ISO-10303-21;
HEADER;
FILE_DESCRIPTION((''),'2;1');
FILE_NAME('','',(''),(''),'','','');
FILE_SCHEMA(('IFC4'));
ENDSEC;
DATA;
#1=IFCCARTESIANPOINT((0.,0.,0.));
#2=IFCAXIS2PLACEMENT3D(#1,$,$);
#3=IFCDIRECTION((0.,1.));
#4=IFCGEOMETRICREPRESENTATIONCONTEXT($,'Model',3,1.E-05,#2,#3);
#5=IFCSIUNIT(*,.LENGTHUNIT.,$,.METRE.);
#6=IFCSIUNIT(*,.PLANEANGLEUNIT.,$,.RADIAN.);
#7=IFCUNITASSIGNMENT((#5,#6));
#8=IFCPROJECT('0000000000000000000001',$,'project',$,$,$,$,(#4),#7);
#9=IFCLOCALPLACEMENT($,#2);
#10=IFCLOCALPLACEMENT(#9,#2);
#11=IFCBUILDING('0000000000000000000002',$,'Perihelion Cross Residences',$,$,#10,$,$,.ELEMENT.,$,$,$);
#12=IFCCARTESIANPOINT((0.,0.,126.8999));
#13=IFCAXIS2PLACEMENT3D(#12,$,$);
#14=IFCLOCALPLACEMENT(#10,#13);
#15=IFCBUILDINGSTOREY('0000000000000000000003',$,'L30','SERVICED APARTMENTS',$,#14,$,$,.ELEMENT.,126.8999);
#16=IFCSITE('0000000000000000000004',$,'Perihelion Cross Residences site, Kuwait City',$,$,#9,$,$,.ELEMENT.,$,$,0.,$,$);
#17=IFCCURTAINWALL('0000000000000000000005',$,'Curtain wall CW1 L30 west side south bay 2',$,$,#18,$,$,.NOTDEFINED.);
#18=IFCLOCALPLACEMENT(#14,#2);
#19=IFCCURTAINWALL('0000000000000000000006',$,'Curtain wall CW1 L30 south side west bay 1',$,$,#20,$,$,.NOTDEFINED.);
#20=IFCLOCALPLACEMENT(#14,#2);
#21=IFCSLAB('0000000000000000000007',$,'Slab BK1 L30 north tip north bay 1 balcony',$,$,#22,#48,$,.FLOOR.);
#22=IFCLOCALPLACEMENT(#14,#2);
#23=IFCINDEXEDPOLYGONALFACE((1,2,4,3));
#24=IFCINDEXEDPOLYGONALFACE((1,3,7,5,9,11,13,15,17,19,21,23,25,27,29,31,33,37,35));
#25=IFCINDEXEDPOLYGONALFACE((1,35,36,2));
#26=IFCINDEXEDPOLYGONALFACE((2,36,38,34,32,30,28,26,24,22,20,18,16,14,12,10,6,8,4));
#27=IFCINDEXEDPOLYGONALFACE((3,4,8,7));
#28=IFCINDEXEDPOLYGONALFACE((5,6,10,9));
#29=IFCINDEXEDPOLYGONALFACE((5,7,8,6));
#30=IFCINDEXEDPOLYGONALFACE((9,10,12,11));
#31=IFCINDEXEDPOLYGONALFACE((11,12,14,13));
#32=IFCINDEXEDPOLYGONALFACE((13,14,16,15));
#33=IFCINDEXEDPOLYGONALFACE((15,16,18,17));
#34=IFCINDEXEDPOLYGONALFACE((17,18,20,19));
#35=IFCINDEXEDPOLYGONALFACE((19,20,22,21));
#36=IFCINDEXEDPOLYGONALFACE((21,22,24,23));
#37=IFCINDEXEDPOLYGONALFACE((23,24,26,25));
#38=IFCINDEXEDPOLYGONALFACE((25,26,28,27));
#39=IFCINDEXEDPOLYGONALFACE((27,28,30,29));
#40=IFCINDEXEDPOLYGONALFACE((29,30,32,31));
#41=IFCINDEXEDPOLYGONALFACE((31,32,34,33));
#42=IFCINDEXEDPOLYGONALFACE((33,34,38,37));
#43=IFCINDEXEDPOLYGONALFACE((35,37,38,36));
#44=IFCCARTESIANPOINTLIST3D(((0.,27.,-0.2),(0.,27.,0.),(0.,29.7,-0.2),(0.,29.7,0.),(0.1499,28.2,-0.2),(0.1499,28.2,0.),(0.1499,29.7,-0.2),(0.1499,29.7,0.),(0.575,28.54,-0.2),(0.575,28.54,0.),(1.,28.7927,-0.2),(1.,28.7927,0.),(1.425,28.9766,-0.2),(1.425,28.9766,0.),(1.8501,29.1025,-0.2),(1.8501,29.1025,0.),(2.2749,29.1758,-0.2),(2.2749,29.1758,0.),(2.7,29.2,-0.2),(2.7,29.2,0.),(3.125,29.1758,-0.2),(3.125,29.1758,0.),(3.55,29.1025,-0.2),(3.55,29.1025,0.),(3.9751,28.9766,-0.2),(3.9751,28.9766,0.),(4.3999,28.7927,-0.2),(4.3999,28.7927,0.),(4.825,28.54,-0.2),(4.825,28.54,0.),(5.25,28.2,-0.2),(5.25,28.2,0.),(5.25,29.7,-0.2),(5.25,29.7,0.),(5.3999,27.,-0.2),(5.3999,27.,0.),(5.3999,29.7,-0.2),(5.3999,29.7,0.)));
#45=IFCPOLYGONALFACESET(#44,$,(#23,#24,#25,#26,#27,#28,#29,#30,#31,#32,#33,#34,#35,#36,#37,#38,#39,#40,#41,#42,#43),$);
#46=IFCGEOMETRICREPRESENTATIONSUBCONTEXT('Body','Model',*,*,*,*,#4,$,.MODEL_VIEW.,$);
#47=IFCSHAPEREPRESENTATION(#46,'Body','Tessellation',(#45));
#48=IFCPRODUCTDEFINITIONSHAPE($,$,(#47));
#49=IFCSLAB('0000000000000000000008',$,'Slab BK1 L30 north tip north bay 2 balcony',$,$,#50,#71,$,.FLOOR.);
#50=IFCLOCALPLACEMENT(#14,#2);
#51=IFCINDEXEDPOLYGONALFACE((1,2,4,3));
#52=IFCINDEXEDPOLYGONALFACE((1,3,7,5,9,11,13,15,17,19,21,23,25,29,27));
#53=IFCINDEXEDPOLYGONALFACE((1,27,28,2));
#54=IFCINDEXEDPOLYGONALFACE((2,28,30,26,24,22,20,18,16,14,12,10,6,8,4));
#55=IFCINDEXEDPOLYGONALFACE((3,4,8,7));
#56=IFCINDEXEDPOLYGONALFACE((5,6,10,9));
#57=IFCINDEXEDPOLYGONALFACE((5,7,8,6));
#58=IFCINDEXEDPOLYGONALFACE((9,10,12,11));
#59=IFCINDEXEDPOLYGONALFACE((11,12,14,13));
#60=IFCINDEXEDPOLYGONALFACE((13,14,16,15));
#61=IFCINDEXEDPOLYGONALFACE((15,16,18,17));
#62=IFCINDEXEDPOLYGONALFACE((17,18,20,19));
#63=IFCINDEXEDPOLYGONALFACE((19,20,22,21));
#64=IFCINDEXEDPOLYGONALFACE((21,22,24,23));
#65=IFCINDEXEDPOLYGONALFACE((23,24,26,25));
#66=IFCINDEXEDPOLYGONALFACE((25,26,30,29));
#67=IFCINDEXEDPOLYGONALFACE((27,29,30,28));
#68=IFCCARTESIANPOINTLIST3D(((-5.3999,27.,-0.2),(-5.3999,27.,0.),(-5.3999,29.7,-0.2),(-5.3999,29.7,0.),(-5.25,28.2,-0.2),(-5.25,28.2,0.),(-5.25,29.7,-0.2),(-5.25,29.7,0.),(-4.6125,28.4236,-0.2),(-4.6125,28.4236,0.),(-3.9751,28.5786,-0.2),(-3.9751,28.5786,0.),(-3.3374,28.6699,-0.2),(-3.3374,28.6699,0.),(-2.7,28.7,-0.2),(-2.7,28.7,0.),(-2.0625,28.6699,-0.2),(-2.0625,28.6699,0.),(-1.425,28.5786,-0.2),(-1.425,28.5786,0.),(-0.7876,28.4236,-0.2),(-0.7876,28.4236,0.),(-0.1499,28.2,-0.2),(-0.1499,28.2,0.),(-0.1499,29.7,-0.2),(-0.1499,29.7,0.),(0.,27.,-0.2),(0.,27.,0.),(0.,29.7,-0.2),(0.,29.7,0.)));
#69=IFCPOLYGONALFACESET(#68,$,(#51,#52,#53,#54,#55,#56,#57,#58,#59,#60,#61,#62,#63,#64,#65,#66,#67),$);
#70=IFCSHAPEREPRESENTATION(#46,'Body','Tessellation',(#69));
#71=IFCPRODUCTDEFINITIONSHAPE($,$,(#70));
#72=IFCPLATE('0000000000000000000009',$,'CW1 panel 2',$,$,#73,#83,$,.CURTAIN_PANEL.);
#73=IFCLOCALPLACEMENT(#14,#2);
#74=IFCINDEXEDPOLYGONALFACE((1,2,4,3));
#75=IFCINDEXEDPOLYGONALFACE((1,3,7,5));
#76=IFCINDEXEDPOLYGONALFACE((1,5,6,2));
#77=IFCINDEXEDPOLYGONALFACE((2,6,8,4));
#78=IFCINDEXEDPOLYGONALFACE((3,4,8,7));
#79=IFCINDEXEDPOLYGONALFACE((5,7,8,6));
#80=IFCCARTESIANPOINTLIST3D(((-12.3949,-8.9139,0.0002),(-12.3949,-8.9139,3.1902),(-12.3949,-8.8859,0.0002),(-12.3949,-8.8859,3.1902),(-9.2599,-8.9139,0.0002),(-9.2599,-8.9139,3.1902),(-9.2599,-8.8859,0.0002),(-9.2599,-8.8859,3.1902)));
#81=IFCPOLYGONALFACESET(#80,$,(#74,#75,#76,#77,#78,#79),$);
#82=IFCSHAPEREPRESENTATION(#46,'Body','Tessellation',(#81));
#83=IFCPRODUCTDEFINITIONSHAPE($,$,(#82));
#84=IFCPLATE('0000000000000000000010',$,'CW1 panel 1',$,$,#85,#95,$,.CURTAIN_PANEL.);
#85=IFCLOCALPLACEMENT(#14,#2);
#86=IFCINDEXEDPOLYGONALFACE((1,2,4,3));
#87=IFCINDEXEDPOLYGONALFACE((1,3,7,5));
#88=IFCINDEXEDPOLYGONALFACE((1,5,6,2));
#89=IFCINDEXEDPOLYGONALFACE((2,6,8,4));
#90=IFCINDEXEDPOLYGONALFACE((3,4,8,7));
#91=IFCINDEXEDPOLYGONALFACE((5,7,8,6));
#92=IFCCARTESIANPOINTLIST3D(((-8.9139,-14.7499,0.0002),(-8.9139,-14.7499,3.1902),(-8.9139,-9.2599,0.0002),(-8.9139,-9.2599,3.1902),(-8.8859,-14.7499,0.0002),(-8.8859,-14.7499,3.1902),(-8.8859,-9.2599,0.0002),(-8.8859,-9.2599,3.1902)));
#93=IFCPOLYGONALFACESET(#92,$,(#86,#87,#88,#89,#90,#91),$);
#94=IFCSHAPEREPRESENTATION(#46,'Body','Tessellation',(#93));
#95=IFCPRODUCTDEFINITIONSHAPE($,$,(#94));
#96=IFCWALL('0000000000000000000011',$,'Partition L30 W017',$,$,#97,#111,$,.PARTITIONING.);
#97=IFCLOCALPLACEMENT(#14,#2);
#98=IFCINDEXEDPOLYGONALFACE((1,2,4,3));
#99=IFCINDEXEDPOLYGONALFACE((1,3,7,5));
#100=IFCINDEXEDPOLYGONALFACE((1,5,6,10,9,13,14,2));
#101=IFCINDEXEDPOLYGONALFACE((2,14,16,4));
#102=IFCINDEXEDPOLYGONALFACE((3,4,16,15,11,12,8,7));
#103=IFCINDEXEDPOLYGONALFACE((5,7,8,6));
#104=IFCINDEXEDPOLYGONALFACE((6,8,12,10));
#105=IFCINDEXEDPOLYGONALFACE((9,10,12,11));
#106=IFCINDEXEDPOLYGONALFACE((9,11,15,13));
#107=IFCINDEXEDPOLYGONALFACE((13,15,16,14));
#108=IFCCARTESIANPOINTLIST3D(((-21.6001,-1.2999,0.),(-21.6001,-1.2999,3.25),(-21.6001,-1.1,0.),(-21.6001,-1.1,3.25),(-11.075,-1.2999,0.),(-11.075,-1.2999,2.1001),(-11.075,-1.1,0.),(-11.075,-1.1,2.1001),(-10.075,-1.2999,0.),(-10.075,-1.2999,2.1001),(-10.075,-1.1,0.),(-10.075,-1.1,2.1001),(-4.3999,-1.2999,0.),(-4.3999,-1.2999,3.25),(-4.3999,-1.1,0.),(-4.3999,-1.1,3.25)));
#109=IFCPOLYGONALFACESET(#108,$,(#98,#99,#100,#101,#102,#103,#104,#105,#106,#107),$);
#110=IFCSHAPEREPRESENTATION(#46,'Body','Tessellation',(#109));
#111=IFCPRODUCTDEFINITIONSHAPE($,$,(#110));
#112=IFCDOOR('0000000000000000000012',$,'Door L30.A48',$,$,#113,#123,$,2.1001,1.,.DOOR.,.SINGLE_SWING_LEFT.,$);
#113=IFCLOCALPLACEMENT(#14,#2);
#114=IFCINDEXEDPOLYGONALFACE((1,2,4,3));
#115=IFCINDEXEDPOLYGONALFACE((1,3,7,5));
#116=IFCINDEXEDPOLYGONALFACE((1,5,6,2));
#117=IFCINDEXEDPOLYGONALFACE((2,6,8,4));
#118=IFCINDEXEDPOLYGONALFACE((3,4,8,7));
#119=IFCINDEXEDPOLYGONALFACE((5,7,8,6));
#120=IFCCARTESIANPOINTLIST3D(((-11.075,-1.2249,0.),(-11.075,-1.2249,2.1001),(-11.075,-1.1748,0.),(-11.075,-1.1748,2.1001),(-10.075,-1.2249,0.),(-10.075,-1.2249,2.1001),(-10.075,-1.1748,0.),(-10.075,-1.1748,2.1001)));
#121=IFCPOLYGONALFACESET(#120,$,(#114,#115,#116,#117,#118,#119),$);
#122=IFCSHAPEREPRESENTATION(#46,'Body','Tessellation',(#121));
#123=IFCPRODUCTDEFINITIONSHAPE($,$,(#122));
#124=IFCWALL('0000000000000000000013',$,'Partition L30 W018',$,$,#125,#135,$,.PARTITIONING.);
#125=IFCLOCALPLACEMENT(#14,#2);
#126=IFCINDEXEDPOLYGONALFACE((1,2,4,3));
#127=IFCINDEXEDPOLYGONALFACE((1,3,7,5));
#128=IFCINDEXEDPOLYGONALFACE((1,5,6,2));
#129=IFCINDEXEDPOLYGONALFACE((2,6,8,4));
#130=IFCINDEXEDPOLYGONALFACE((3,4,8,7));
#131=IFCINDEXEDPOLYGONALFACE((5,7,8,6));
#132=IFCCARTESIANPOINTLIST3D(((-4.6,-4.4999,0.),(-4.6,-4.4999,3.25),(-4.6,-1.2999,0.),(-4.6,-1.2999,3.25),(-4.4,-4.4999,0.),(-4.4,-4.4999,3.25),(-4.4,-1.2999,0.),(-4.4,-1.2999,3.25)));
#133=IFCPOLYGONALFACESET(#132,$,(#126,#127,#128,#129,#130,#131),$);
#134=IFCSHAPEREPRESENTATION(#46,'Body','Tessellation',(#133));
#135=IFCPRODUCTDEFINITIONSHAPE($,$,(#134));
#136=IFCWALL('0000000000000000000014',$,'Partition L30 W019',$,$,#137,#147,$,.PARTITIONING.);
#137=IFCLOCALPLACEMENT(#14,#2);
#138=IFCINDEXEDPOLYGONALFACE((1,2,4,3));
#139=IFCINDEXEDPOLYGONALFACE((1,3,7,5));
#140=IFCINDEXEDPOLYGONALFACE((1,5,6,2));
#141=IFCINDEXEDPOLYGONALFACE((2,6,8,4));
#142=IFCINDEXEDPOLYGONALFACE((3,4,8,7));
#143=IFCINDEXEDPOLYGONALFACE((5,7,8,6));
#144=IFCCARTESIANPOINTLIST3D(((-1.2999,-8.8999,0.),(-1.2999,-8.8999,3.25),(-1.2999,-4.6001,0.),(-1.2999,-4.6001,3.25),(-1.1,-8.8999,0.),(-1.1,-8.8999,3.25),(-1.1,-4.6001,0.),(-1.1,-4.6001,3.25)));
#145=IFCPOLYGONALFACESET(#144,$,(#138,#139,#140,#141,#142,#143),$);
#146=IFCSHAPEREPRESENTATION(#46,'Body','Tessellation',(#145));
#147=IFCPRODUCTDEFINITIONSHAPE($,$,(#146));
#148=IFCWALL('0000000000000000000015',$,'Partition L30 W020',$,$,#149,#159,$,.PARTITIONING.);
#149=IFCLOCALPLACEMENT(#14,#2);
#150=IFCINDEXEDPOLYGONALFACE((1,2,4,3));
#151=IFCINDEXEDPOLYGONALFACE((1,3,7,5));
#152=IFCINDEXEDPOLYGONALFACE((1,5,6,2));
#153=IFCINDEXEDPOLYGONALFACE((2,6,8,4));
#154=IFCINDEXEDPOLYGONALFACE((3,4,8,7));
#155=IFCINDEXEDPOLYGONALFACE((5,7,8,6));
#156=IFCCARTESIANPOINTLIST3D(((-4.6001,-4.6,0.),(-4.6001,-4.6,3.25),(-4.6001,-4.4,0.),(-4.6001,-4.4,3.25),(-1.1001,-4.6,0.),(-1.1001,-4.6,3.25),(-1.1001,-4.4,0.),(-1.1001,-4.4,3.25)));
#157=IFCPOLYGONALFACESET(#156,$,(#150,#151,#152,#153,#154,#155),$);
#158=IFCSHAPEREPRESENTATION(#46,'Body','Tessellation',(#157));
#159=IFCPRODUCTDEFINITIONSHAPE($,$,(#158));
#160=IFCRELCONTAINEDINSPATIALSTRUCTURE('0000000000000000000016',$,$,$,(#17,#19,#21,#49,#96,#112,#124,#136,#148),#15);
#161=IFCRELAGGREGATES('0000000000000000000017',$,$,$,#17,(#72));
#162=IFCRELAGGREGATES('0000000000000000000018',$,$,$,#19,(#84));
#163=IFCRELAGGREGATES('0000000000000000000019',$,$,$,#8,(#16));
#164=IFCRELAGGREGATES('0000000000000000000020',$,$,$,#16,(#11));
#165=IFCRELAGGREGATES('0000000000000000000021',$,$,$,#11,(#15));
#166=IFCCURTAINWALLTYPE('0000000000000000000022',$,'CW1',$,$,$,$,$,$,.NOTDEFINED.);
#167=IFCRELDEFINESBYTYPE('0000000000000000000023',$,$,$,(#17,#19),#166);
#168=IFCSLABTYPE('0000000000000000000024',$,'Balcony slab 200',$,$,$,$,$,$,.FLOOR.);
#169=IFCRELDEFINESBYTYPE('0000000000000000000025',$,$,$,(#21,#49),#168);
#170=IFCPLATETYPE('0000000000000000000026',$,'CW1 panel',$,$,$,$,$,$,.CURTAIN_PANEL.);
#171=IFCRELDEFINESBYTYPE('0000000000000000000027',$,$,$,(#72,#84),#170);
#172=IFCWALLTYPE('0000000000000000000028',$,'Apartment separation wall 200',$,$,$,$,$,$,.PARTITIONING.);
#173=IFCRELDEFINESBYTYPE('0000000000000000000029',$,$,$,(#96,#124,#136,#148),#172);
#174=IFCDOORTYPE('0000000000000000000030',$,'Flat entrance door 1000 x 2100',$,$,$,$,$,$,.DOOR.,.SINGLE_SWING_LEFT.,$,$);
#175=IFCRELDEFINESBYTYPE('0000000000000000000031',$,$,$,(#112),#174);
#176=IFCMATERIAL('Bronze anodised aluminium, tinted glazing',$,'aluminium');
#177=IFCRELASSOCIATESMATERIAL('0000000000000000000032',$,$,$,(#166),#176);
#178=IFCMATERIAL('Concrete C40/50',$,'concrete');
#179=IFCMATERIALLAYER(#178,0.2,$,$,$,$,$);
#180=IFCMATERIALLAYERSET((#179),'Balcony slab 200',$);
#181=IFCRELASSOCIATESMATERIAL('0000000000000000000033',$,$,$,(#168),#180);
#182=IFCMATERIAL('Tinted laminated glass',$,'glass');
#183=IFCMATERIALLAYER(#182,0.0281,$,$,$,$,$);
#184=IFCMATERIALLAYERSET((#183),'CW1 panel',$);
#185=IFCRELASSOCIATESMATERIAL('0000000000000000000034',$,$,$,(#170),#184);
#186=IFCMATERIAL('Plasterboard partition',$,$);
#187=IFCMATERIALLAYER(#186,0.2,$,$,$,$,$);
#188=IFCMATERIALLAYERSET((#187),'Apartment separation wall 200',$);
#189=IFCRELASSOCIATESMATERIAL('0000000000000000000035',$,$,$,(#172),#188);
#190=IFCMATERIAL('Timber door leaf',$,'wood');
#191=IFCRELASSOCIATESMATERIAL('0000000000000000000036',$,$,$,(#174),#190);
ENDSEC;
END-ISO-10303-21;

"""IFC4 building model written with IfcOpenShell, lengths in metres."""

from ifc_helpers import new_model, si_unit, direction, frame, frame_2d, origin, origin_2d, place, context, subcontext, project, spatial, polyline, rectangle, outline, extrude, material, layer, layer_set, type_object, element, fill, aggregate, save


model = new_model("IFC4")

# Units and contexts
model_context = context("Model", 3, precision=1e-05, world=origin(), true_north=direction((0.0, 1.0)))
body_context = subcontext(model_context, "Body", "Model", "MODEL_VIEW")
ifc_project = project(units=[si_unit("LENGTHUNIT", "METRE"), si_unit("PLANEANGLEUNIT", "RADIAN")], contexts=[model_context])

# Site, building, storey
site_placement = place(None, origin())
site = spatial("IfcSite", under=ifc_project, at=site_placement, Name="Perihelion Cross Residences site, Kuwait City", CompositionType="ELEMENT", RefElevation=0.0)
building_placement = place(site_placement, origin())
building = spatial("IfcBuilding", under=site, at=building_placement, Name="Perihelion Cross Residences", CompositionType="ELEMENT")
storey_placement = place(building_placement, frame((0.0, 0.0, 126.8999)))
storey = spatial("IfcBuildingStorey", under=building, at=storey_placement, Name="L30", Description="SERVICED APARTMENTS", CompositionType="ELEMENT", Elevation=126.8999)

# Curtain wall
ifc_material_1 = material(Name="Bronze anodised aluminium, tinted glazing", Category="aluminium")
curtain_wall_type = type_object("IfcCurtainWallType", Name="CW1", PredefinedType="NOTDEFINED", material=ifc_material_1)
curtain_wall_1_placement = place(storey_placement, origin())
curtain_wall_1 = element("IfcCurtainWall", 1, at=curtain_wall_1_placement, inside=storey, type_object=curtain_wall_type, Name="Curtain wall CW1 L30 west side south bay 2", PredefinedType="NOTDEFINED")

# Curtain wall
curtain_wall_2_placement = place(storey_placement, origin())
curtain_wall_2 = element("IfcCurtainWall", 2, at=curtain_wall_2_placement, inside=storey, type_object=curtain_wall_type, Name="Curtain wall CW1 L30 south side west bay 1", PredefinedType="NOTDEFINED")

# Slabs
ifc_material_2 = material(Name="Concrete C40/50", Category="concrete")
ifc_layer_1 = layer(ifc_material_2, 0.2)
ifc_layer_set_1 = layer_set([ifc_layer_1], Name="Balcony slab 200")
slab_type_1 = type_object("IfcSlabType", Name="Balcony slab 200", PredefinedType="FLOOR", material=ifc_layer_set_1)
slab_1_placement = place(storey_placement, frame((0.0, 0.0, -0.2)))
element("IfcSlab", 3, at=slab_1_placement, inside=storey, type_object=slab_type_1, Name="Slab BK1 L30 north tip north bay 1 balcony", PredefinedType="FLOOR", context=body_context, shape_type="SweptSolid", body=[
    extrude(outline(polyline([(5.3999, 27.0), (0.0, 27.0), (0.0, 29.7), (0.1499, 29.7), (0.1499, 28.2), (0.575, 28.54), (1.0, 28.7927), (1.425, 28.9766), (1.8501, 29.1025), (2.2749, 29.1758), (2.7, 29.2), (3.125, 29.1758), (3.55, 29.1025), (3.9751, 28.9766), (4.3999, 28.7927), (4.825, 28.54), (5.25, 28.2), (5.25, 29.7), (5.3999, 29.7), (5.3999, 27.0)])), origin(), (0.0, 0.0, 1.0), 0.2),
])
slab_2_placement = place(storey_placement, frame((0.0, 0.0, -0.2)))
element("IfcSlab", 4, at=slab_2_placement, inside=storey, type_object=slab_type_1, Name="Slab BK1 L30 north tip north bay 2 balcony", PredefinedType="FLOOR", context=body_context, shape_type="SweptSolid", body=[
    extrude(outline(polyline([(0.0, 27.0), (-5.3999, 27.0), (-5.3999, 29.7), (-5.25, 29.7), (-5.25, 28.2), (-4.6125, 28.4236), (-3.9751, 28.5786), (-3.3374, 28.6699), (-2.7, 28.7), (-2.0625, 28.6699), (-1.425, 28.5786), (-0.7876, 28.4236), (-0.1499, 28.2), (-0.1499, 29.7), (0.0, 29.7), (0.0, 27.0)])), origin(), (0.0, 0.0, 1.0), 0.2),
])

# Plates
ifc_material_3 = material(Name="Tinted laminated glass", Category="glass")
ifc_layer_2 = layer(ifc_material_3, 0.0281)
ifc_layer_set_2 = layer_set([ifc_layer_2], Name="CW1 panel")
plate_type = type_object("IfcPlateType", Name="CW1 panel", PredefinedType="CURTAIN_PANEL", material=ifc_layer_set_2)
plate_1_placement = place(storey_placement, frame((-10.8274, -8.8999, 0.0002), z_axis=(0.0, 0.0, 1.0), x_axis=(1.0, 0.0, 0.0)))
plate_1 = element("IfcPlate", 5, at=plate_1_placement, type_object=plate_type, Name="CW1 panel 2", PredefinedType="CURTAIN_PANEL", context=body_context, shape_type="SweptSolid", body=[
    extrude(rectangle(XDim=3.135, YDim=0.0281, at=origin_2d()), origin(), (0.0, 0.0, 1.0), 3.1899),
])
aggregate(curtain_wall_1, [plate_1])
plate_2_placement = place(storey_placement, frame((-8.8999, -12.0049, 0.0002), z_axis=(0.0, 0.0, 1.0), x_axis=(0.0, -1.0, 0.0)))
plate_2 = element("IfcPlate", 6, at=plate_2_placement, type_object=plate_type, Name="CW1 panel 1", PredefinedType="CURTAIN_PANEL", context=body_context, shape_type="SweptSolid", body=[
    extrude(rectangle(XDim=5.49, YDim=0.0281, at=origin_2d()), origin(), (0.0, 0.0, 1.0), 3.1899),
])
aggregate(curtain_wall_2, [plate_2])

# Wall, opening, door
ifc_material_4 = material(Name="Plasterboard partition")
ifc_layer_3 = layer(ifc_material_4, 0.2)
ifc_layer_set_3 = layer_set([ifc_layer_3], Name="Apartment separation wall 200")
wall_type_1 = type_object("IfcWallType", Name="Apartment separation wall 200", PredefinedType="PARTITIONING", material=ifc_layer_set_3)
wall_1_placement = place(storey_placement, frame((-4.3999, -1.2, 0.0), z_axis=(0.0, 0.0, 1.0), x_axis=(-1.0, 0.0, 0.0)))
wall_1 = element("IfcWall", 7, at=wall_1_placement, inside=storey, type_object=wall_type_1, Name="Partition L30 W017", PredefinedType="PARTITIONING", context=body_context, shape_type="SweptSolid", body=[
    extrude(rectangle(XDim=17.2002, YDim=0.2, at=frame_2d((8.6001, 0.0))), origin(), (0.0, 0.0, 1.0), 3.25),
])
opening_1_placement = place(wall_1_placement, frame((5.675, 0.0, 0.0)))
opening_1 = element("IfcOpeningElement", 8, at=opening_1_placement, cuts=wall_1, PredefinedType="OPENING", context=body_context, shape_type="SweptSolid", body=[
    extrude(rectangle(XDim=1.0, YDim=2.1001, at=frame_2d((0.5, 1.05))), frame((0.0, 0.1099, 0.0), z_axis=(0.0, -1.0, 0.0), x_axis=(1.0, 0.0, 0.0)), (0.0, 0.0, 1.0), 0.22),
])
ifc_material_5 = material(Name="Timber door leaf", Category="wood")
door_type_1 = type_object("IfcDoorType", Name="Flat entrance door 1000 x 2100", OperationType="SINGLE_SWING_LEFT", PredefinedType="DOOR", material=ifc_material_5)
door_1_placement = place(opening_1_placement, origin())
door_1 = element("IfcDoor", 9, at=door_1_placement, inside=storey, type_object=door_type_1, Name="Door L30.A48", OperationType="SINGLE_SWING_LEFT", OverallHeight=2.1001, OverallWidth=1.0, PredefinedType="DOOR", context=body_context, shape_type="SweptSolid", body=[
    extrude(rectangle(XDim=1.0, YDim=2.1001, at=frame_2d((0.5, 1.05))), frame((0.0, 0.0249, 0.0), z_axis=(0.0, -1.0, 0.0), x_axis=(1.0, 0.0, 0.0)), (0.0, 0.0, 1.0), 0.05),
])
fill(opening_1, door_1)

# Walls
wall_2_placement = place(storey_placement, frame((-4.5, -4.5, 0.0), z_axis=(0.0, 0.0, 1.0), x_axis=(0.0, 1.0, 0.0)))
element("IfcWall", 10, at=wall_2_placement, inside=storey, type_object=wall_type_1, Name="Partition L30 W018", PredefinedType="PARTITIONING", context=body_context, shape_type="SweptSolid", body=[
    extrude(rectangle(XDim=3.2, YDim=0.2, at=frame_2d((1.6001, 0.0))), origin(), (0.0, 0.0, 1.0), 3.25),
])
wall_3_placement = place(storey_placement, frame((-1.2, -8.8999, 0.0), z_axis=(0.0, 0.0, 1.0), x_axis=(0.0, 1.0, 0.0)))
element("IfcWall", 11, at=wall_3_placement, inside=storey, type_object=wall_type_1, Name="Partition L30 W019", PredefinedType="PARTITIONING", context=body_context, shape_type="SweptSolid", body=[
    extrude(rectangle(XDim=4.2998, YDim=0.2, at=frame_2d((2.1499, 0.0))), origin(), (0.0, 0.0, 1.0), 3.25),
])
wall_4_placement = place(storey_placement, frame((-1.1001, -4.5, 0.0), z_axis=(0.0, 0.0, 1.0), x_axis=(-1.0, 0.0, 0.0)))
element("IfcWall", 12, at=wall_4_placement, inside=storey, type_object=wall_type_1, Name="Partition L30 W020", PredefinedType="PARTITIONING", context=body_context, shape_type="SweptSolid", body=[
    extrude(rectangle(XDim=3.5, YDim=0.2, at=frame_2d((1.75, 0.0))), origin(), (0.0, 0.0, 1.0), 3.25),
])

save(model, "model.ifc")
